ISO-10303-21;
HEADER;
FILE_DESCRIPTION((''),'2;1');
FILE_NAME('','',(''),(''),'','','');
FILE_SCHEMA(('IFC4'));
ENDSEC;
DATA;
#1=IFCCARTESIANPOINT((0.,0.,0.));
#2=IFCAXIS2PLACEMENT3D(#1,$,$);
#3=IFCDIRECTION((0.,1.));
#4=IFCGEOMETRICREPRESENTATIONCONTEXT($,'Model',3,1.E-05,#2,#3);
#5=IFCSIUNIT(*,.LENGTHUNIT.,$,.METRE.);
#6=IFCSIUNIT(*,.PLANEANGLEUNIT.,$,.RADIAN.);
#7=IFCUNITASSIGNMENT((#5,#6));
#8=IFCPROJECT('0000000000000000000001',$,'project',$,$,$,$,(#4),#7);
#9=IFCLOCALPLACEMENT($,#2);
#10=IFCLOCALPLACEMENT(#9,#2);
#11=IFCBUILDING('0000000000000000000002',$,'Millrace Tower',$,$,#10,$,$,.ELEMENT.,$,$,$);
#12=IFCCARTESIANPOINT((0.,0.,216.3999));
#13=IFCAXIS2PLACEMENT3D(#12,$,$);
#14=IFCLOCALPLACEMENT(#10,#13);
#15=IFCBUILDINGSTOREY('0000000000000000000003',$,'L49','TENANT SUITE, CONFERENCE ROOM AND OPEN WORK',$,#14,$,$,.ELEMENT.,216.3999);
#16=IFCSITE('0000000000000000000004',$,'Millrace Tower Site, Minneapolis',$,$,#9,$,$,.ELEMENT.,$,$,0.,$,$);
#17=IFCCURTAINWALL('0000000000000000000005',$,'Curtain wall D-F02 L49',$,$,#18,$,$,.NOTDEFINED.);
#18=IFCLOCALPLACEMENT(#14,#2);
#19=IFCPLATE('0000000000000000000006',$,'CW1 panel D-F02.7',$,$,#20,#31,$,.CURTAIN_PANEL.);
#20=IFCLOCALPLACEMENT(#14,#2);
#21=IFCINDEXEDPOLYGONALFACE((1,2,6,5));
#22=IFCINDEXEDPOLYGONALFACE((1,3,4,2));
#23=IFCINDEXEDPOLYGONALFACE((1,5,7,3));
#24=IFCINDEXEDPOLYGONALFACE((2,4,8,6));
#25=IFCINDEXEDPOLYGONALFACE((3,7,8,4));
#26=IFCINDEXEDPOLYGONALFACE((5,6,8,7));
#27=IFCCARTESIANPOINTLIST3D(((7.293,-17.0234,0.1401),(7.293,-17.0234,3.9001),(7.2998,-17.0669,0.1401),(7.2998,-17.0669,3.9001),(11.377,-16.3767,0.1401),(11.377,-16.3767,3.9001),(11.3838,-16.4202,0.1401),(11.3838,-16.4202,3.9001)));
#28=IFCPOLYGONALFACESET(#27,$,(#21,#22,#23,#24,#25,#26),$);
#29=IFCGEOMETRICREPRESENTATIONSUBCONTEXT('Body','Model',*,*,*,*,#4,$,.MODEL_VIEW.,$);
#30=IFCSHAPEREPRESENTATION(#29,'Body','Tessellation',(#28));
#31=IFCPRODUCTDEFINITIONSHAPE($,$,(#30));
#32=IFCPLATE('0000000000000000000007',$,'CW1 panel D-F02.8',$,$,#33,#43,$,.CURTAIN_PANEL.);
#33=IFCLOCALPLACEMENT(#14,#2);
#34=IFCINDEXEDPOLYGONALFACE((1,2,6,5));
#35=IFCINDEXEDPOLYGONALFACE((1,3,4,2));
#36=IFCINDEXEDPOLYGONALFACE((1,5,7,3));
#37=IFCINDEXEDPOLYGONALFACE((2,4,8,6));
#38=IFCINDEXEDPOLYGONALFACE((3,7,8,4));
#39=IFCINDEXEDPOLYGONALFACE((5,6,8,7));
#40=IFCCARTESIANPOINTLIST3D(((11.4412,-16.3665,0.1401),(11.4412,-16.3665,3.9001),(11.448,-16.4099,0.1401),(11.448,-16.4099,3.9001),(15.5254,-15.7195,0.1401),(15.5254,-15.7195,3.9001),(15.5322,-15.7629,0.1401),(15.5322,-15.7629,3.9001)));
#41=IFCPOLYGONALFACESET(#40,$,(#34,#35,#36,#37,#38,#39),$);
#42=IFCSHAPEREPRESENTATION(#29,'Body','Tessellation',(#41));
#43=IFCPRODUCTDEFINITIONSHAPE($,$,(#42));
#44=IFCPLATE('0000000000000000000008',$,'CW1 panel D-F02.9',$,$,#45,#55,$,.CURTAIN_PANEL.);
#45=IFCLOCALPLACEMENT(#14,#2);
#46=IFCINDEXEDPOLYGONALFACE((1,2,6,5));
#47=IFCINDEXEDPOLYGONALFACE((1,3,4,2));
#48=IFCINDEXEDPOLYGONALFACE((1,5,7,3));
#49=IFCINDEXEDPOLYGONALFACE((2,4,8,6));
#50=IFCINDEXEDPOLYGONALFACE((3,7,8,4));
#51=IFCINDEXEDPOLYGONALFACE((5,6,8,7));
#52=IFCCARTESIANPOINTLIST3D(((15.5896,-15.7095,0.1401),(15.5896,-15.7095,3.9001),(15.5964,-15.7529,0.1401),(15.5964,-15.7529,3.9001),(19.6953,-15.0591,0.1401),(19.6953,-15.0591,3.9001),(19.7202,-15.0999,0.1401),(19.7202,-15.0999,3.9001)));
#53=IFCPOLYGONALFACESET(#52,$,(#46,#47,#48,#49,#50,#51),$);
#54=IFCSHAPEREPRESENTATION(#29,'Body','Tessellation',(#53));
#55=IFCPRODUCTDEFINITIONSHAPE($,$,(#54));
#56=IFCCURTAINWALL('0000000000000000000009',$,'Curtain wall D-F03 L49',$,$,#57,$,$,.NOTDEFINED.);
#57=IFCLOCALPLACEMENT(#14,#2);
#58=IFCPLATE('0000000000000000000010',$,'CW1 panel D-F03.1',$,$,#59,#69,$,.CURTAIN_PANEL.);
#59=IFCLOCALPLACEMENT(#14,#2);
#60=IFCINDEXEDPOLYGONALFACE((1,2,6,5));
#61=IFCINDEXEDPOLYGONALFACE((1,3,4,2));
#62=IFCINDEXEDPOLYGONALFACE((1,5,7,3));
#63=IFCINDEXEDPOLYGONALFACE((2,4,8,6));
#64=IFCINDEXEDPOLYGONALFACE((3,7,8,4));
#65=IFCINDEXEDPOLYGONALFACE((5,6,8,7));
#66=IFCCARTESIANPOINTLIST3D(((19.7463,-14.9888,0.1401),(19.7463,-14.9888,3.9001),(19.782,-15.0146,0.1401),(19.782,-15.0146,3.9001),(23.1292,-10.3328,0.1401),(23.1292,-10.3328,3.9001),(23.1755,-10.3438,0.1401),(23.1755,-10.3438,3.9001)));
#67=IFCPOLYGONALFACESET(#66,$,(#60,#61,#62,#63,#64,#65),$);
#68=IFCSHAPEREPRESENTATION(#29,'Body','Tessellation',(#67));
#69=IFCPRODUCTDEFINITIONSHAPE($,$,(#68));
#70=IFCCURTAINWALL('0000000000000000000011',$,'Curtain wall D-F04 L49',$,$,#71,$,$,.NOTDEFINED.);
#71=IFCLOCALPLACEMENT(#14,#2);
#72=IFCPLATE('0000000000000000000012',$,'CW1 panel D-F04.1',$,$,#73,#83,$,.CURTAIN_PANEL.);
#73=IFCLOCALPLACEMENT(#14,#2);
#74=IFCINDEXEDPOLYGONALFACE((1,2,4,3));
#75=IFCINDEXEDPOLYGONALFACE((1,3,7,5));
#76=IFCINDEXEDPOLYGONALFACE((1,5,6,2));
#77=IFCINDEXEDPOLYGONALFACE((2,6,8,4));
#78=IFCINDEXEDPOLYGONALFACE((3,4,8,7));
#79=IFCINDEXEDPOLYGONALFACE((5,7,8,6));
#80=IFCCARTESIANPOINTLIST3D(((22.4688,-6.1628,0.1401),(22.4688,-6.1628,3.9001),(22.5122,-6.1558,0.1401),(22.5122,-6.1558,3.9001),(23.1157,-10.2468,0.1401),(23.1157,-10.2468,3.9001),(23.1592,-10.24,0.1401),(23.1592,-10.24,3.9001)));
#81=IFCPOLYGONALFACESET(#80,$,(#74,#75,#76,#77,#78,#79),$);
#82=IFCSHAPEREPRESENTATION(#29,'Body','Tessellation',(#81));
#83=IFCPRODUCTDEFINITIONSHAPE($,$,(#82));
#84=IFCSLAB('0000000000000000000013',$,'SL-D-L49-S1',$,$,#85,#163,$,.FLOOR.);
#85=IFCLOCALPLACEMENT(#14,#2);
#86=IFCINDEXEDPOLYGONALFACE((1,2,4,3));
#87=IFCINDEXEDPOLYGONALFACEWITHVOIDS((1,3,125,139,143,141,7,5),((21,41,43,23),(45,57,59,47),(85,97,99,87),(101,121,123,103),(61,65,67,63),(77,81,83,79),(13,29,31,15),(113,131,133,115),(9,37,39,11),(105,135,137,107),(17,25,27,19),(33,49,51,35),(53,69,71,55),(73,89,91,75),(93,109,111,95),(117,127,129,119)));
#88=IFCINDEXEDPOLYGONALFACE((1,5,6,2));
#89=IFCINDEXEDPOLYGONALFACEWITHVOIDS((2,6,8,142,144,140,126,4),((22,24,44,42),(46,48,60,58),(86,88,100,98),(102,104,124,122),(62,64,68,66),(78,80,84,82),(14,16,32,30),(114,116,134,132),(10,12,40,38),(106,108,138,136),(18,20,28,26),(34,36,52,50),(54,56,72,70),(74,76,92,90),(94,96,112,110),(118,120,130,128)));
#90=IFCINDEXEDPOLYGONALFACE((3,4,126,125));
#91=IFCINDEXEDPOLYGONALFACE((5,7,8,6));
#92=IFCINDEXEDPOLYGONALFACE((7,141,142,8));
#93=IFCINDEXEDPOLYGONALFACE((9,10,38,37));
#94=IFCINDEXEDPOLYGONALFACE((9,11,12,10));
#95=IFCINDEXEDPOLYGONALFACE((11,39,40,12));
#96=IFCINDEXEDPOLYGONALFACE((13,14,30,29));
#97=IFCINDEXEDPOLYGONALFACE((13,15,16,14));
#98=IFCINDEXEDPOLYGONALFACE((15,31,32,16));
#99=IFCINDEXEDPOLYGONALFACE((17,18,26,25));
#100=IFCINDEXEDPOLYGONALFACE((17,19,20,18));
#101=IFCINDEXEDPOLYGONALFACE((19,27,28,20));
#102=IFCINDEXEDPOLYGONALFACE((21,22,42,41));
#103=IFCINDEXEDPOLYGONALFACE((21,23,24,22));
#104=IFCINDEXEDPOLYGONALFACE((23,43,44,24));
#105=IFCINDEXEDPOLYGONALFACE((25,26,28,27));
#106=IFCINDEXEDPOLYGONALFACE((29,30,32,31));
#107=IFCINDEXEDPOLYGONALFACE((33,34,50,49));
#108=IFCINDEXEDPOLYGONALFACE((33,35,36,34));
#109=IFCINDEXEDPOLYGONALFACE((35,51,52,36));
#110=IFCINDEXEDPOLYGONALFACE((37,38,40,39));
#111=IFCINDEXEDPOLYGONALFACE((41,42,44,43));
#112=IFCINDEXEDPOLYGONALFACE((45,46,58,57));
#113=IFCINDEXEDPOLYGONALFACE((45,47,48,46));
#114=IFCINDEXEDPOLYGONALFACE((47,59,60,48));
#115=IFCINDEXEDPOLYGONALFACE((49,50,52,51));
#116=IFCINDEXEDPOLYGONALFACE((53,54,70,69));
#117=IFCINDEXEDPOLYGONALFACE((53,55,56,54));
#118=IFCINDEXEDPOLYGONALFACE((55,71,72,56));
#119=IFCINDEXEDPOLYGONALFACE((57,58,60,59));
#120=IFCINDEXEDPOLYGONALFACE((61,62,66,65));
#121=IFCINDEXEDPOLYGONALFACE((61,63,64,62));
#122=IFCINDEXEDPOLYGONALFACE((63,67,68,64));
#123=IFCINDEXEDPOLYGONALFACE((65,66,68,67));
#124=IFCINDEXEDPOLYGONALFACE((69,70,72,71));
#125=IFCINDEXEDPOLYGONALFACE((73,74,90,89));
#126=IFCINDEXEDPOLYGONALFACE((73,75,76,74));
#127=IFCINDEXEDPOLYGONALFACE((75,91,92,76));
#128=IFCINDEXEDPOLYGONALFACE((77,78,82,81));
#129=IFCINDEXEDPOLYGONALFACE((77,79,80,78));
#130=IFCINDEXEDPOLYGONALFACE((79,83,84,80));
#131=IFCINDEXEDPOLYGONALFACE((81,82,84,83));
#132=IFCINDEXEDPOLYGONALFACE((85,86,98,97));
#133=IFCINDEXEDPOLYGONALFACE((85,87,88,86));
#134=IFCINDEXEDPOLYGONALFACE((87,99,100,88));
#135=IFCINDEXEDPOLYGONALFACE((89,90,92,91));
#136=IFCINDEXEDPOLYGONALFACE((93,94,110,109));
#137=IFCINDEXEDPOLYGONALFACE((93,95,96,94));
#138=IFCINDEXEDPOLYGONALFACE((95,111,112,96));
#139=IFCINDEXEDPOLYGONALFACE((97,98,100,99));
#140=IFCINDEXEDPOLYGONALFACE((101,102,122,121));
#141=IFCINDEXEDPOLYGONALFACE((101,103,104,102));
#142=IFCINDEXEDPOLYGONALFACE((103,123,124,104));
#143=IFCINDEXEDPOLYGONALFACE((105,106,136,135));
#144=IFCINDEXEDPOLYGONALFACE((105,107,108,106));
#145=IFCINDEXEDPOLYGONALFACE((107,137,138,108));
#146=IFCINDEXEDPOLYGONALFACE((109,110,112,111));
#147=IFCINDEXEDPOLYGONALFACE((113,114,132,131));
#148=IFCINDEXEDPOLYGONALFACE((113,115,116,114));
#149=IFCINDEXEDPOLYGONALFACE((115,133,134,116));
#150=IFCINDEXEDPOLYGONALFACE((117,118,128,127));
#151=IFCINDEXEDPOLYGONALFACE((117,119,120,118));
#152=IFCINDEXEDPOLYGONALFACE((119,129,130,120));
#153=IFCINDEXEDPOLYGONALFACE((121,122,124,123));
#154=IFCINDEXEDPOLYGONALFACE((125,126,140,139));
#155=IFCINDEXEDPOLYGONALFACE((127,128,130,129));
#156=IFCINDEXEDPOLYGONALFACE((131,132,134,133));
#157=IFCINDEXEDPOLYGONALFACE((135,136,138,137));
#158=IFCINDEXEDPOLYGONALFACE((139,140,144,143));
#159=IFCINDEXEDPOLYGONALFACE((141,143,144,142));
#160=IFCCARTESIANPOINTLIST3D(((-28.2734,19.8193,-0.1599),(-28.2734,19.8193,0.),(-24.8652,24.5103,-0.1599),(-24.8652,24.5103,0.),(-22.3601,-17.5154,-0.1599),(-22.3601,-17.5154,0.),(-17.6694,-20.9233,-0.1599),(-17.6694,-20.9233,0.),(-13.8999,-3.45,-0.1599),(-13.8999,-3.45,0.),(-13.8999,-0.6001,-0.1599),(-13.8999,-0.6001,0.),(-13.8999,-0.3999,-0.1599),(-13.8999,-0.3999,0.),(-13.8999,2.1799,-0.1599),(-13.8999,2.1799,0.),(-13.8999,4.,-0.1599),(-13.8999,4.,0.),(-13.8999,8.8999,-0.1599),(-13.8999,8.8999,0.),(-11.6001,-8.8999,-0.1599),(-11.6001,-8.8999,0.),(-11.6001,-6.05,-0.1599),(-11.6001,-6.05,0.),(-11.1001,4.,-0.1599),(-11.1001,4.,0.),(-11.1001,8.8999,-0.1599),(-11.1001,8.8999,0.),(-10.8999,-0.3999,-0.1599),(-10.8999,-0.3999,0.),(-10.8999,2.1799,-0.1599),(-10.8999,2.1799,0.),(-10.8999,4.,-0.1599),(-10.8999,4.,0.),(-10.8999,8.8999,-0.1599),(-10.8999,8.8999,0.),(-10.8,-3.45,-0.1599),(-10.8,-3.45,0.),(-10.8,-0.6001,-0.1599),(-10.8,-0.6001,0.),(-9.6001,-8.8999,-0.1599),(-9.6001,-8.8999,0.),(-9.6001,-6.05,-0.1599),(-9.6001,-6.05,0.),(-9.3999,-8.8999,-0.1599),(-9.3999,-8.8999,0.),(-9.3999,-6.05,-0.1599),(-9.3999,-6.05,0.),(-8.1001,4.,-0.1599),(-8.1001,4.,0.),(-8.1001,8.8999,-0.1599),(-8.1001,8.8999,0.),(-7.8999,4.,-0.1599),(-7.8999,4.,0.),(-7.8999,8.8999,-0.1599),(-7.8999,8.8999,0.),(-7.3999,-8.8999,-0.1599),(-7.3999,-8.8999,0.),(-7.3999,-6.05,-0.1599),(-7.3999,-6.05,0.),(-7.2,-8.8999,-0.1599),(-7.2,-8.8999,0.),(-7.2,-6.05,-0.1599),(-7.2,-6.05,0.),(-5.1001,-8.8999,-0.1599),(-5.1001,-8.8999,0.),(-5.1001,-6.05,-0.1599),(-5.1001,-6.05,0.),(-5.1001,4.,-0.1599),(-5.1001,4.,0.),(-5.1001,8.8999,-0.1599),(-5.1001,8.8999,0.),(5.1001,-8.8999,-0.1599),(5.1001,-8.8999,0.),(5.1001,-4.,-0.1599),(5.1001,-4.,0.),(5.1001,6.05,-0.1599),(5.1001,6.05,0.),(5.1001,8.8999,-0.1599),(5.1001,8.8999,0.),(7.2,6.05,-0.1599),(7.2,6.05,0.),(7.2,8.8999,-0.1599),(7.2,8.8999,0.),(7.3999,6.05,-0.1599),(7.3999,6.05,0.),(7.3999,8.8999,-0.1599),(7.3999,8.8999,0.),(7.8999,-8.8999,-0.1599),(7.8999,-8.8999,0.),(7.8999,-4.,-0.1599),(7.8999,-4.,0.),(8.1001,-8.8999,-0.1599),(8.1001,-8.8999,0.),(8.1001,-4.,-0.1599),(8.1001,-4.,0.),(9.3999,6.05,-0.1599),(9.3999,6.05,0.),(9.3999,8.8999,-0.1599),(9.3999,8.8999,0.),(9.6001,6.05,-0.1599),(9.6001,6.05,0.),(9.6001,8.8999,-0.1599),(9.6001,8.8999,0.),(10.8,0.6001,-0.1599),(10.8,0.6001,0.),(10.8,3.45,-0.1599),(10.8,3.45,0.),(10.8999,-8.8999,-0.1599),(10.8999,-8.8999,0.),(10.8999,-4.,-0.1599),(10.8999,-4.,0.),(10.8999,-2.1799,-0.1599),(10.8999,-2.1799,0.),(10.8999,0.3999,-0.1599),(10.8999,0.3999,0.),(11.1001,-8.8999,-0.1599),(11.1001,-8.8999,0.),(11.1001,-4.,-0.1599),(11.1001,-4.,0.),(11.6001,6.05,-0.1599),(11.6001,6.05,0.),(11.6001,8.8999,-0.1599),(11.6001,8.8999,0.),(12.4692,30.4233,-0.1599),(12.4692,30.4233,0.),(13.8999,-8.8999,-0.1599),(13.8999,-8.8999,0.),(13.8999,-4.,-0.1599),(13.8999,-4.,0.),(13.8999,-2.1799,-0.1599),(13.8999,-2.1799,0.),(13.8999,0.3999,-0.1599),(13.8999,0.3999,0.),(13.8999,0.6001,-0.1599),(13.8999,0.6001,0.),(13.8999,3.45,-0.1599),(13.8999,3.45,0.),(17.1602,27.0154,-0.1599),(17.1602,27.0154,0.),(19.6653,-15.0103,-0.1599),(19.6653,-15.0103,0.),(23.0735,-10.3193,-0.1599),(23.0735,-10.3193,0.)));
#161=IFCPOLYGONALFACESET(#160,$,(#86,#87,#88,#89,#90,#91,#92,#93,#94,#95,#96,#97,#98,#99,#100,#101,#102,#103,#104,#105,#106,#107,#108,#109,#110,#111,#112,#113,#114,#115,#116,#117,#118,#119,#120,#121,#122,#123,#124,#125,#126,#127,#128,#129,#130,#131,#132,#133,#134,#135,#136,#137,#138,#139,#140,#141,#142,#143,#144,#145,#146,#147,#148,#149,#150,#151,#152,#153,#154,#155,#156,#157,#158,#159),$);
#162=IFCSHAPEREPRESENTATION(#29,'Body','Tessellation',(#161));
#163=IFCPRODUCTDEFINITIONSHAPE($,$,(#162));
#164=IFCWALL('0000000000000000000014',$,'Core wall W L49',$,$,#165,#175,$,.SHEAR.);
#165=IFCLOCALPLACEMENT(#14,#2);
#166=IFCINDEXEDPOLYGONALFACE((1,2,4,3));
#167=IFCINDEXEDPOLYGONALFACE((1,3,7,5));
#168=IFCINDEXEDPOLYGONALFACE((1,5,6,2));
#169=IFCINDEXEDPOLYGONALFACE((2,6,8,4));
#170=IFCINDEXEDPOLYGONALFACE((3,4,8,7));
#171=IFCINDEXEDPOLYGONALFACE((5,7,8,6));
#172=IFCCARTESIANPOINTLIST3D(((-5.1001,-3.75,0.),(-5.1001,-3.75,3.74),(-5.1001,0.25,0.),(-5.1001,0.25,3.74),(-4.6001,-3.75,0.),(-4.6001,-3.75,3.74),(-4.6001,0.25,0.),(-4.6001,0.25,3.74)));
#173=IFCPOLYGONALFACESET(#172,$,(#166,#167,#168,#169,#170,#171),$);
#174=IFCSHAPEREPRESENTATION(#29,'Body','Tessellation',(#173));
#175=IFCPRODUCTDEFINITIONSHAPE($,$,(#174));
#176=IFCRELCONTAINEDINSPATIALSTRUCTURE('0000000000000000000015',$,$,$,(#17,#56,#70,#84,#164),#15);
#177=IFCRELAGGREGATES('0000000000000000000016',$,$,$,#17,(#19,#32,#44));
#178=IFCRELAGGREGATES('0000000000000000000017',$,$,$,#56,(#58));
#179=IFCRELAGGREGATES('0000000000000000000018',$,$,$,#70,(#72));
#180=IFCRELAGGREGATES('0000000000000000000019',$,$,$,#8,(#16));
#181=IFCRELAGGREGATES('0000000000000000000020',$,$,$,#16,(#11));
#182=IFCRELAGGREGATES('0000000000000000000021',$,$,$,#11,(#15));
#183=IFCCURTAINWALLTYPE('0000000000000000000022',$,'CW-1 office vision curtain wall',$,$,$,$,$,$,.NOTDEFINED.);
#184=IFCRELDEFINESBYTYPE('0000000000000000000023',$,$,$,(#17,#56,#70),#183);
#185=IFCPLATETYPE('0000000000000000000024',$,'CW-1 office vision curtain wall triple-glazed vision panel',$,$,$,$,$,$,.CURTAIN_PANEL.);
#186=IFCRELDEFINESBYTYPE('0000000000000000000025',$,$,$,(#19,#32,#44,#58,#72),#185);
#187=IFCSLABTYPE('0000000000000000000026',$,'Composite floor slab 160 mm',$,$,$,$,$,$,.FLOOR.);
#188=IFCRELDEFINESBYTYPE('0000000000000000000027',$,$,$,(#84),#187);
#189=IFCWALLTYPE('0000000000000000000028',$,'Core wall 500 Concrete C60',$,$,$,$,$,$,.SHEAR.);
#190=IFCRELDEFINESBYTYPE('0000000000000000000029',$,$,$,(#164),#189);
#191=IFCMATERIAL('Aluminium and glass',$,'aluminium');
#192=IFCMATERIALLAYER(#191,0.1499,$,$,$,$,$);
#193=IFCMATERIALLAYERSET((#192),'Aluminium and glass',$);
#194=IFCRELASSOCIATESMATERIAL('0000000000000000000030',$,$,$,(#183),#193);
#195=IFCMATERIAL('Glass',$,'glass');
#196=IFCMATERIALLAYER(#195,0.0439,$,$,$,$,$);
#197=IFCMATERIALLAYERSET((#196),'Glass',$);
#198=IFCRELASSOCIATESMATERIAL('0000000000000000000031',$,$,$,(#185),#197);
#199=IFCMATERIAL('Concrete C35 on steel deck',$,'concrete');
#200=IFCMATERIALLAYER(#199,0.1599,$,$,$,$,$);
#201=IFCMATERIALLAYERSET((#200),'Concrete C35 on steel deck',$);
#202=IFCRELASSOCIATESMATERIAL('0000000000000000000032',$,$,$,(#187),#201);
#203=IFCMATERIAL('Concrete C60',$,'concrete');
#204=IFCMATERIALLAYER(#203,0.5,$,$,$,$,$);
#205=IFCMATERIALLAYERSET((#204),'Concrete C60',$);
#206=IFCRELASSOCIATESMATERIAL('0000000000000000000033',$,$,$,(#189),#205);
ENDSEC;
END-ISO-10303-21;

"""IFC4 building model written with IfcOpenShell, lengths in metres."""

from ifc_helpers import new_model, si_unit, direction, frame, frame_2d, origin, place, context, subcontext, project, spatial, polyline, rectangle, outline, extrude, material, layer, layer_set, type_object, element, aggregate, save


model = new_model("IFC4")

# Units and contexts
model_context = context("Model", 3, precision=1e-05, world=origin(), true_north=direction((0.0, 1.0)))
body_context = subcontext(model_context, "Body", "Model", "MODEL_VIEW")
ifc_project = project(units=[si_unit("LENGTHUNIT", "METRE"), si_unit("PLANEANGLEUNIT", "RADIAN")], contexts=[model_context])

# Site, building, storey
site_placement = place(None, origin())
site = spatial("IfcSite", under=ifc_project, at=site_placement, Name="Millrace Tower Site, Minneapolis", CompositionType="ELEMENT", RefElevation=0.0)
building_placement = place(site_placement, origin())
building = spatial("IfcBuilding", under=site, at=building_placement, Name="Millrace Tower", CompositionType="ELEMENT")
storey_placement = place(building_placement, frame((0.0, 0.0, 216.3999)))
storey = spatial("IfcBuildingStorey", under=building, at=storey_placement, Name="L49", Description="TENANT SUITE, CONFERENCE ROOM AND OPEN WORK", CompositionType="ELEMENT", Elevation=216.3999)

# Shared definitions
ifc_material_1 = material(Name="Aluminium and glass", Category="aluminium")
ifc_layer_1 = layer(ifc_material_1, 0.1499)
ifc_layer_set_1 = layer_set([ifc_layer_1], Name="Aluminium and glass")
curtain_wall_type = type_object("IfcCurtainWallType", Name="CW-1 office vision curtain wall", PredefinedType="NOTDEFINED", material=ifc_layer_set_1)
placement_1 = place(storey_placement, origin())
ifc_material_2 = material(Name="Glass", Category="glass")
ifc_layer_2 = layer(ifc_material_2, 0.0439)
ifc_layer_set_2 = layer_set([ifc_layer_2], Name="Glass")
plate_type = type_object("IfcPlateType", Name="CW-1 office vision curtain wall triple-glazed vision panel", PredefinedType="CURTAIN_PANEL", material=ifc_layer_set_2)
placement_2 = place(storey_placement, frame((0.0, 0.0, 0.1401)))

# Curtain wall, plates
curtain_wall_1 = element("IfcCurtainWall", 1, at=placement_1, inside=storey, type_object=curtain_wall_type, Name="Curtain wall D-F02 L49", PredefinedType="NOTDEFINED")
plate_1 = element("IfcPlate", 2, at=placement_2, type_object=plate_type, Name="CW1 panel D-F02.7", PredefinedType="CURTAIN_PANEL", context=body_context, shape_type="SweptSolid", body=[
    extrude(outline(polyline([(7.2998, -17.0669), (11.3838, -16.4202), (11.377, -16.3767), (7.293, -17.0234), (7.2998, -17.0669)])), origin(), (0.0, 0.0, 1.0), 3.76),
])
plate_2 = element("IfcPlate", 3, at=placement_2, type_object=plate_type, Name="CW1 panel D-F02.8", PredefinedType="CURTAIN_PANEL", context=body_context, shape_type="SweptSolid", body=[
    extrude(outline(polyline([(11.448, -16.4099), (15.5322, -15.7629), (15.5254, -15.7195), (11.4412, -16.3665), (11.448, -16.4099)])), origin(), (0.0, 0.0, 1.0), 3.76),
])
plate_3 = element("IfcPlate", 4, at=placement_2, type_object=plate_type, Name="CW1 panel D-F02.9", PredefinedType="CURTAIN_PANEL", context=body_context, shape_type="SweptSolid", body=[
    extrude(outline(polyline([(15.5964, -15.7529), (19.7202, -15.0999), (19.6953, -15.0591), (15.5896, -15.7095), (15.5964, -15.7529)])), origin(), (0.0, 0.0, 1.0), 3.76),
])
aggregate(curtain_wall_1, [plate_1, plate_2, plate_3])

# Curtain walls, plates
curtain_wall_2 = element("IfcCurtainWall", 5, at=placement_1, inside=storey, type_object=curtain_wall_type, Name="Curtain wall D-F03 L49", PredefinedType="NOTDEFINED")
plate_4 = element("IfcPlate", 6, at=placement_2, type_object=plate_type, Name="CW1 panel D-F03.1", PredefinedType="CURTAIN_PANEL", context=body_context, shape_type="SweptSolid", body=[
    extrude(outline(polyline([(19.782, -15.0146), (23.1755, -10.3438), (23.1292, -10.3328), (19.7463, -14.9888), (19.782, -15.0146)])), origin(), (0.0, 0.0, 1.0), 3.76),
])
aggregate(curtain_wall_2, [plate_4])
curtain_wall_3 = element("IfcCurtainWall", 7, at=placement_1, inside=storey, type_object=curtain_wall_type, Name="Curtain wall D-F04 L49", PredefinedType="NOTDEFINED")
plate_5 = element("IfcPlate", 8, at=placement_2, type_object=plate_type, Name="CW1 panel D-F04.1", PredefinedType="CURTAIN_PANEL", context=body_context, shape_type="SweptSolid", body=[
    extrude(outline(polyline([(23.1592, -10.24), (22.5122, -6.1558), (22.4688, -6.1628), (23.1157, -10.2468), (23.1592, -10.24)])), origin(), (0.0, 0.0, 1.0), 3.76),
])
aggregate(curtain_wall_3, [plate_5])

# Slab
ifc_material_3 = material(Name="Concrete C35 on steel deck", Category="concrete")
ifc_layer_3 = layer(ifc_material_3, 0.1599)
ifc_layer_set_3 = layer_set([ifc_layer_3], Name="Concrete C35 on steel deck")
slab_type = type_object("IfcSlabType", Name="Composite floor slab 160 mm", PredefinedType="FLOOR", material=ifc_layer_set_3)
slab_placement = place(storey_placement, frame((0.0, 0.0, -0.1599)))
element("IfcSlab", 9, at=slab_placement, inside=storey, type_object=slab_type, Name="SL-D-L49-S1", PredefinedType="FLOOR", context=body_context, shape_type="SweptSolid", body=[
    extrude(outline(polyline([(-22.3601, -17.5154), (-17.6694, -20.9233), (19.6653, -15.0103), (23.0735, -10.3193), (17.1602, 27.0154), (12.4692, 30.4233), (-24.8652, 24.5103), (-28.2734, 19.8193), (-22.3601, -17.5154)]), holes=[polyline([(-11.6001, -8.8999), (-9.6001, -8.8999), (-9.6001, -6.05), (-11.6001, -6.05), (-11.6001, -8.8999)]), polyline([(-9.3999, -8.8999), (-7.3999, -8.8999), (-7.3999, -6.05), (-9.3999, -6.05), (-9.3999, -8.8999)]), polyline([(-7.2, -8.8999), (-5.1001, -8.8999), (-5.1001, -6.05), (-7.2, -6.05), (-7.2, -8.8999)]), polyline([(-13.8999, -3.45), (-10.8, -3.45), (-10.8, -0.6001), (-13.8999, -0.6001), (-13.8999, -3.45)]), polyline([(-13.8999, -0.3999), (-10.8999, -0.3999), (-10.8999, 2.1799), (-13.8999, 2.1799), (-13.8999, -0.3999)]), polyline([(-13.8999, 4.0), (-11.1001, 4.0), (-11.1001, 8.8999), (-13.8999, 8.8999), (-13.8999, 4.0)]), polyline([(-10.8999, 4.0), (-8.1001, 4.0), (-8.1001, 8.8999), (-10.8999, 8.8999), (-10.8999, 4.0)]), polyline([(-7.8999, 4.0), (-5.1001, 4.0), (-5.1001, 8.8999), (-7.8999, 8.8999), (-7.8999, 4.0)]), polyline([(9.6001, 6.05), (11.6001, 6.05), (11.6001, 8.8999), (9.6001, 8.8999), (9.6001, 6.05)]), polyline([(7.3999, 6.05), (9.3999, 6.05), (9.3999, 8.8999), (7.3999, 8.8999), (7.3999, 6.05)]), polyline([(5.1001, 6.05), (7.2, 6.05), (7.2, 8.8999), (5.1001, 8.8999), (5.1001, 6.05)]), polyline([(10.8, 0.6001), (13.8999, 0.6001), (13.8999, 3.45), (10.8, 3.45), (10.8, 0.6001)]), polyline([(10.8999, -2.1799), (13.8999, -2.1799), (13.8999, 0.3999), (10.8999, 0.3999), (10.8999, -2.1799)]), polyline([(11.1001, -8.8999), (13.8999, -8.8999), (13.8999, -4.0), (11.1001, -4.0), (11.1001, -8.8999)]), polyline([(8.1001, -8.8999), (10.8999, -8.8999), (10.8999, -4.0), (8.1001, -4.0), (8.1001, -8.8999)]), polyline([(5.1001, -8.8999), (7.8999, -8.8999), (7.8999, -4.0), (5.1001, -4.0), (5.1001, -8.8999)])]), origin(), (0.0, 0.0, 1.0), 0.1599),
])

# Wall
ifc_material_4 = material(Name="Concrete C60", Category="concrete")
ifc_layer_4 = layer(ifc_material_4, 0.5)
ifc_layer_set_4 = layer_set([ifc_layer_4], Name="Concrete C60")
wall_type_1 = type_object("IfcWallType", Name="Core wall 500 Concrete C60", PredefinedType="SHEAR", material=ifc_layer_set_4)
wall_1_placement = place(storey_placement, frame((-4.8501, -3.75, 0.0), z_axis=(0.0, 0.0, 1.0), x_axis=(0.0, 1.0, 0.0)))
element("IfcWall", 10, at=wall_1_placement, inside=storey, type_object=wall_type_1, Name="Core wall W L49", PredefinedType="SHEAR", context=body_context, shape_type="SweptSolid", body=[
    extrude(rectangle(XDim=4.0, YDim=0.5, at=frame_2d((2.0, 0.0))), origin(), (0.0, 0.0, 1.0), 3.74),
])

save(model, "model.ifc")
